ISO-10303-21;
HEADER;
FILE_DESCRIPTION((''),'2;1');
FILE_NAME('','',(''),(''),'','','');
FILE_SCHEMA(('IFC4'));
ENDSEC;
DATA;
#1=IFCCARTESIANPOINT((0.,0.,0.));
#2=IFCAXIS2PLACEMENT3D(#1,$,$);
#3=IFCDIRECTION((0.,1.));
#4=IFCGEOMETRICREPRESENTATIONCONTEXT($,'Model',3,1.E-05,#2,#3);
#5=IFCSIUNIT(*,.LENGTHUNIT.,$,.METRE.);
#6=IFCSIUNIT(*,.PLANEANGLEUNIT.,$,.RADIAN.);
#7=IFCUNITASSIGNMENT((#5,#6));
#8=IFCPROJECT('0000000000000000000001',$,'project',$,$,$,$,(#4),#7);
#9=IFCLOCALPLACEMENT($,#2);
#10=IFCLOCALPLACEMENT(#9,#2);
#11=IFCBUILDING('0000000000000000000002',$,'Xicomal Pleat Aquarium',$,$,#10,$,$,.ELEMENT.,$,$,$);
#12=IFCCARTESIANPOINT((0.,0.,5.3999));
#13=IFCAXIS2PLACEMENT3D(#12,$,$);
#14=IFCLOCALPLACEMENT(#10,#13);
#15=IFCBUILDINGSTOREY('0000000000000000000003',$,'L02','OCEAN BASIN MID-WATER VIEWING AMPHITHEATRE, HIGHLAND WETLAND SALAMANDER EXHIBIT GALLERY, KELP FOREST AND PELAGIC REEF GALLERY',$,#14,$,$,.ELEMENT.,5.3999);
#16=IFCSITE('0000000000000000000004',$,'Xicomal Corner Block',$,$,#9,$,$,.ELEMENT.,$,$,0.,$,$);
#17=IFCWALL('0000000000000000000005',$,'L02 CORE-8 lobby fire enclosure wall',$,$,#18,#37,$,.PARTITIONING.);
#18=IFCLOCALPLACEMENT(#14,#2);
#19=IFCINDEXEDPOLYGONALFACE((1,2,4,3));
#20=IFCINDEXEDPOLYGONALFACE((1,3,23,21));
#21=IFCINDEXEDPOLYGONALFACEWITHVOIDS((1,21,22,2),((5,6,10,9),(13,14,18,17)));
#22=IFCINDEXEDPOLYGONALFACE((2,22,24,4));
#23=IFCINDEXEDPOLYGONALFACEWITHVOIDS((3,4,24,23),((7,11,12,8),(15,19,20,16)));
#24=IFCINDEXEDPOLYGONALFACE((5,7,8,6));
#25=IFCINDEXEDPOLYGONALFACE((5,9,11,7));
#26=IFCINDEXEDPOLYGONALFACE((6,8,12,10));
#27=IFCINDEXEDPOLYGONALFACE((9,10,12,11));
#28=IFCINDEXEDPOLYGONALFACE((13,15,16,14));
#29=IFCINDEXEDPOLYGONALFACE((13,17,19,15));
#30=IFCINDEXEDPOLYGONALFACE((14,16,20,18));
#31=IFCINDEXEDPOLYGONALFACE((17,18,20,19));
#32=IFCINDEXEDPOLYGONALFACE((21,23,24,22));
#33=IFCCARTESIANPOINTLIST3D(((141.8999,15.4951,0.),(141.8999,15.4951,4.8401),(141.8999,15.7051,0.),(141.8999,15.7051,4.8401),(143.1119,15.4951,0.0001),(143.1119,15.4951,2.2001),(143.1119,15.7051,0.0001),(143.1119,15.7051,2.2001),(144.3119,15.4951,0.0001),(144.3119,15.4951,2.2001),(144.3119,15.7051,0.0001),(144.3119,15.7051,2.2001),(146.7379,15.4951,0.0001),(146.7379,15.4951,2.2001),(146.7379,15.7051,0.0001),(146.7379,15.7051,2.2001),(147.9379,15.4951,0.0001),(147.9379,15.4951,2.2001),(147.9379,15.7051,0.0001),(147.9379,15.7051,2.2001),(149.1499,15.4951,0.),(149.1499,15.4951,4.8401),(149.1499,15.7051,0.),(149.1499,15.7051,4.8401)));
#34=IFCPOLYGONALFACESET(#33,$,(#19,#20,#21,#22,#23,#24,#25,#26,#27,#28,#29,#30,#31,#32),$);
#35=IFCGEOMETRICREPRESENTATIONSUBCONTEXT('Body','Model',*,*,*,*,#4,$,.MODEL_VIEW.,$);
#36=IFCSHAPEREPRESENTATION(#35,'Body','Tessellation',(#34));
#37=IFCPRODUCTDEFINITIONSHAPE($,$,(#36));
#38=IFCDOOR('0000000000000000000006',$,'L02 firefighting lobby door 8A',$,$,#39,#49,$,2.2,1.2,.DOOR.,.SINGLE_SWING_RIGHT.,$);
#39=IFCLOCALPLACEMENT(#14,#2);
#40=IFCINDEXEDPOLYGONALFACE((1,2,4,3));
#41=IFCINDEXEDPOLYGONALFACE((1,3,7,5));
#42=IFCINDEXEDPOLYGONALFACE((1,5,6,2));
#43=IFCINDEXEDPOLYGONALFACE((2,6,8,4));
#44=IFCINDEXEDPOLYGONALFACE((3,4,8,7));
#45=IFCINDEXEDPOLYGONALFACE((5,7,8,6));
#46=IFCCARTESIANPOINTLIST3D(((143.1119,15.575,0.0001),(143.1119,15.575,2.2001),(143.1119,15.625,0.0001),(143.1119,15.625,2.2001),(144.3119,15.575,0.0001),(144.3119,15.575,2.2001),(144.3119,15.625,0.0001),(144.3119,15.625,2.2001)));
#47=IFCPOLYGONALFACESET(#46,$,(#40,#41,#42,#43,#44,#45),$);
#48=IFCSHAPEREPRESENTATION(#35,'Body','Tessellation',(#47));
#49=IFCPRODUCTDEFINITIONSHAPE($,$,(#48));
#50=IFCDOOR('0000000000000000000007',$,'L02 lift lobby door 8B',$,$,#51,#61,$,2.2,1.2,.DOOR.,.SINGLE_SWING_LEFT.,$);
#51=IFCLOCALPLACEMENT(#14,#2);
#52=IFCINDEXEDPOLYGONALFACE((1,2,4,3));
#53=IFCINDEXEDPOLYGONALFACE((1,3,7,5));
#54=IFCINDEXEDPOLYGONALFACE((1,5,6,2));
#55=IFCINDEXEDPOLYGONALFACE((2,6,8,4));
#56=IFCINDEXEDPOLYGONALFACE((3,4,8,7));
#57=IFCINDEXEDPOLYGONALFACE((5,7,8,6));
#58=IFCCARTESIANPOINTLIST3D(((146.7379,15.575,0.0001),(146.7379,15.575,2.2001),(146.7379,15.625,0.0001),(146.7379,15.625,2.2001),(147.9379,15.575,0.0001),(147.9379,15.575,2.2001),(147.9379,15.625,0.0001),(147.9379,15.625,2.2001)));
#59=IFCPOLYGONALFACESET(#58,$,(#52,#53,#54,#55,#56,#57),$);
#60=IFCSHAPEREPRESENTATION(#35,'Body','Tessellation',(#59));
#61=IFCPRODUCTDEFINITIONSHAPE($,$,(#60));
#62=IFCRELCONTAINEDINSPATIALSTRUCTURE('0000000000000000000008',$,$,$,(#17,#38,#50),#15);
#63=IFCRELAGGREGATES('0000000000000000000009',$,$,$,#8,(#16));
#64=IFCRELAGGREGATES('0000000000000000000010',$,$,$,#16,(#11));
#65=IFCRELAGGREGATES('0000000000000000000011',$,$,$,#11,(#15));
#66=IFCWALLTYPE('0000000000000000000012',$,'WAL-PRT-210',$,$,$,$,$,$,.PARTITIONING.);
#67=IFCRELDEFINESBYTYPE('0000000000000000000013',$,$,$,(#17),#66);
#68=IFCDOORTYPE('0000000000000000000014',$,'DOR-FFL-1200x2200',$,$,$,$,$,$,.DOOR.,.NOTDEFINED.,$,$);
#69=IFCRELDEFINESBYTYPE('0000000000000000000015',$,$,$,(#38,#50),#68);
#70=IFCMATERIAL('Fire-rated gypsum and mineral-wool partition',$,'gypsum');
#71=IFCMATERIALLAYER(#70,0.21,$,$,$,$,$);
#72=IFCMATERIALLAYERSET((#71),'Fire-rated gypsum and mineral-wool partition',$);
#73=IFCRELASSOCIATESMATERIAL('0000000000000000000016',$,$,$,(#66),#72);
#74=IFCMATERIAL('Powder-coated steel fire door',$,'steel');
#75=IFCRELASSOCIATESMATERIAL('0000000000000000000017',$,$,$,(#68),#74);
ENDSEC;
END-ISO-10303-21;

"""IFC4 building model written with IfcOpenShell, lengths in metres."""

from ifc_helpers import new_model, si_unit, direction, frame, frame_2d, origin, place, context, subcontext, project, spatial, rectangle, extrude, material, layer, layer_set, type_object, element, fill, save


model = new_model("IFC4")

# Units and contexts
model_context = context("Model", 3, precision=1e-05, world=origin(), true_north=direction((0.0, 1.0)))
body_context = subcontext(model_context, "Body", "Model", "MODEL_VIEW")
ifc_project = project(units=[si_unit("LENGTHUNIT", "METRE"), si_unit("PLANEANGLEUNIT", "RADIAN")], contexts=[model_context])

# Site, building, storey
site_placement = place(None, origin())
site = spatial("IfcSite", under=ifc_project, at=site_placement, Name="Xicomal Corner Block", CompositionType="ELEMENT", RefElevation=0.0)
building_placement = place(site_placement, origin())
building = spatial("IfcBuilding", under=site, at=building_placement, Name="Xicomal Pleat Aquarium", CompositionType="ELEMENT")
storey_placement = place(building_placement, frame((0.0, 0.0, 5.3999)))
storey = spatial("IfcBuildingStorey", under=building, at=storey_placement, Name="L02", Description="OCEAN BASIN MID-WATER VIEWING AMPHITHEATRE, HIGHLAND WETLAND SALAMANDER EXHIBIT GALLERY, KELP FOREST AND PELAGIC REEF GALLERY", CompositionType="ELEMENT", Elevation=5.3999)

# Wall, openings, doors
ifc_material_1 = material(Name="Fire-rated gypsum and mineral-wool partition", Category="gypsum")
ifc_layer_1 = layer(ifc_material_1, 0.21)
ifc_layer_set_1 = layer_set([ifc_layer_1], Name="Fire-rated gypsum and mineral-wool partition")
wall_type = type_object("IfcWallType", Name="WAL-PRT-210", PredefinedType="PARTITIONING", material=ifc_layer_set_1)
wall_placement = place(storey_placement, frame((141.8999, 15.6001, 0.0), z_axis=(0.0, 0.0, 1.0), x_axis=(1.0, 0.0, 0.0)))
wall = element("IfcWall", 1, at=wall_placement, inside=storey, type_object=wall_type, Name="L02 CORE-8 lobby fire enclosure wall", PredefinedType="PARTITIONING", context=body_context, shape_type="SweptSolid", body=[
    extrude(rectangle(XDim=7.25, YDim=0.21, at=frame_2d((3.625, 0.0))), origin(), (0.0, 0.0, 1.0), 4.8401),
])
opening_1_placement = place(wall_placement, frame((1.2119, 0.0, 0.0)))
opening_1 = element("IfcOpeningElement", 2, at=opening_1_placement, cuts=wall, PredefinedType="OPENING", context=body_context, shape_type="SweptSolid", body=[
    extrude(rectangle(XDim=1.2, YDim=2.2, at=frame_2d((0.6001, 1.1001))), frame((0.0, 0.115, 0.0), z_axis=(0.0, -1.0, 0.0), x_axis=(1.0, 0.0, 0.0)), (0.0, 0.0, 1.0), 0.23),
])
opening_2_placement = place(wall_placement, frame((4.8379, 0.0, 0.0)))
opening_2 = element("IfcOpeningElement", 3, at=opening_2_placement, cuts=wall, PredefinedType="OPENING", context=body_context, shape_type="SweptSolid", body=[
    extrude(rectangle(XDim=1.2, YDim=2.2, at=frame_2d((0.6001, 1.1001))), frame((0.0, 0.115, 0.0), z_axis=(0.0, -1.0, 0.0), x_axis=(1.0, 0.0, 0.0)), (0.0, 0.0, 1.0), 0.23),
])
ifc_material_2 = material(Name="Powder-coated steel fire door", Category="steel")
door_type = type_object("IfcDoorType", Name="DOR-FFL-1200x2200", OperationType="NOTDEFINED", PredefinedType="DOOR", material=ifc_material_2)
door_1_placement = place(opening_1_placement, origin())
door_1 = element("IfcDoor", 4, at=door_1_placement, inside=storey, type_object=door_type, Name="L02 firefighting lobby door 8A", OperationType="SINGLE_SWING_RIGHT", OverallHeight=2.2, OverallWidth=1.2, PredefinedType="DOOR", context=body_context, shape_type="SweptSolid", body=[
    extrude(rectangle(XDim=1.2, YDim=2.2, at=frame_2d((0.6001, 1.1001))), frame((0.0, 0.0249, 0.0), z_axis=(0.0, -1.0, 0.0), x_axis=(1.0, 0.0, 0.0)), (0.0, 0.0, 1.0), 0.05),
])
fill(opening_1, door_1)
door_2_placement = place(opening_2_placement, origin())
door_2 = element("IfcDoor", 5, at=door_2_placement, inside=storey, type_object=door_type, Name="L02 lift lobby door 8B", OperationType="SINGLE_SWING_LEFT", OverallHeight=2.2, OverallWidth=1.2, PredefinedType="DOOR", context=body_context, shape_type="SweptSolid", body=[
    extrude(rectangle(XDim=1.2, YDim=2.2, at=frame_2d((0.6001, 1.1001))), frame((0.0, 0.0249, 0.0), z_axis=(0.0, -1.0, 0.0), x_axis=(1.0, 0.0, 0.0)), (0.0, 0.0, 1.0), 0.05),
])
fill(opening_2, door_2)

save(model, "model.ifc")
